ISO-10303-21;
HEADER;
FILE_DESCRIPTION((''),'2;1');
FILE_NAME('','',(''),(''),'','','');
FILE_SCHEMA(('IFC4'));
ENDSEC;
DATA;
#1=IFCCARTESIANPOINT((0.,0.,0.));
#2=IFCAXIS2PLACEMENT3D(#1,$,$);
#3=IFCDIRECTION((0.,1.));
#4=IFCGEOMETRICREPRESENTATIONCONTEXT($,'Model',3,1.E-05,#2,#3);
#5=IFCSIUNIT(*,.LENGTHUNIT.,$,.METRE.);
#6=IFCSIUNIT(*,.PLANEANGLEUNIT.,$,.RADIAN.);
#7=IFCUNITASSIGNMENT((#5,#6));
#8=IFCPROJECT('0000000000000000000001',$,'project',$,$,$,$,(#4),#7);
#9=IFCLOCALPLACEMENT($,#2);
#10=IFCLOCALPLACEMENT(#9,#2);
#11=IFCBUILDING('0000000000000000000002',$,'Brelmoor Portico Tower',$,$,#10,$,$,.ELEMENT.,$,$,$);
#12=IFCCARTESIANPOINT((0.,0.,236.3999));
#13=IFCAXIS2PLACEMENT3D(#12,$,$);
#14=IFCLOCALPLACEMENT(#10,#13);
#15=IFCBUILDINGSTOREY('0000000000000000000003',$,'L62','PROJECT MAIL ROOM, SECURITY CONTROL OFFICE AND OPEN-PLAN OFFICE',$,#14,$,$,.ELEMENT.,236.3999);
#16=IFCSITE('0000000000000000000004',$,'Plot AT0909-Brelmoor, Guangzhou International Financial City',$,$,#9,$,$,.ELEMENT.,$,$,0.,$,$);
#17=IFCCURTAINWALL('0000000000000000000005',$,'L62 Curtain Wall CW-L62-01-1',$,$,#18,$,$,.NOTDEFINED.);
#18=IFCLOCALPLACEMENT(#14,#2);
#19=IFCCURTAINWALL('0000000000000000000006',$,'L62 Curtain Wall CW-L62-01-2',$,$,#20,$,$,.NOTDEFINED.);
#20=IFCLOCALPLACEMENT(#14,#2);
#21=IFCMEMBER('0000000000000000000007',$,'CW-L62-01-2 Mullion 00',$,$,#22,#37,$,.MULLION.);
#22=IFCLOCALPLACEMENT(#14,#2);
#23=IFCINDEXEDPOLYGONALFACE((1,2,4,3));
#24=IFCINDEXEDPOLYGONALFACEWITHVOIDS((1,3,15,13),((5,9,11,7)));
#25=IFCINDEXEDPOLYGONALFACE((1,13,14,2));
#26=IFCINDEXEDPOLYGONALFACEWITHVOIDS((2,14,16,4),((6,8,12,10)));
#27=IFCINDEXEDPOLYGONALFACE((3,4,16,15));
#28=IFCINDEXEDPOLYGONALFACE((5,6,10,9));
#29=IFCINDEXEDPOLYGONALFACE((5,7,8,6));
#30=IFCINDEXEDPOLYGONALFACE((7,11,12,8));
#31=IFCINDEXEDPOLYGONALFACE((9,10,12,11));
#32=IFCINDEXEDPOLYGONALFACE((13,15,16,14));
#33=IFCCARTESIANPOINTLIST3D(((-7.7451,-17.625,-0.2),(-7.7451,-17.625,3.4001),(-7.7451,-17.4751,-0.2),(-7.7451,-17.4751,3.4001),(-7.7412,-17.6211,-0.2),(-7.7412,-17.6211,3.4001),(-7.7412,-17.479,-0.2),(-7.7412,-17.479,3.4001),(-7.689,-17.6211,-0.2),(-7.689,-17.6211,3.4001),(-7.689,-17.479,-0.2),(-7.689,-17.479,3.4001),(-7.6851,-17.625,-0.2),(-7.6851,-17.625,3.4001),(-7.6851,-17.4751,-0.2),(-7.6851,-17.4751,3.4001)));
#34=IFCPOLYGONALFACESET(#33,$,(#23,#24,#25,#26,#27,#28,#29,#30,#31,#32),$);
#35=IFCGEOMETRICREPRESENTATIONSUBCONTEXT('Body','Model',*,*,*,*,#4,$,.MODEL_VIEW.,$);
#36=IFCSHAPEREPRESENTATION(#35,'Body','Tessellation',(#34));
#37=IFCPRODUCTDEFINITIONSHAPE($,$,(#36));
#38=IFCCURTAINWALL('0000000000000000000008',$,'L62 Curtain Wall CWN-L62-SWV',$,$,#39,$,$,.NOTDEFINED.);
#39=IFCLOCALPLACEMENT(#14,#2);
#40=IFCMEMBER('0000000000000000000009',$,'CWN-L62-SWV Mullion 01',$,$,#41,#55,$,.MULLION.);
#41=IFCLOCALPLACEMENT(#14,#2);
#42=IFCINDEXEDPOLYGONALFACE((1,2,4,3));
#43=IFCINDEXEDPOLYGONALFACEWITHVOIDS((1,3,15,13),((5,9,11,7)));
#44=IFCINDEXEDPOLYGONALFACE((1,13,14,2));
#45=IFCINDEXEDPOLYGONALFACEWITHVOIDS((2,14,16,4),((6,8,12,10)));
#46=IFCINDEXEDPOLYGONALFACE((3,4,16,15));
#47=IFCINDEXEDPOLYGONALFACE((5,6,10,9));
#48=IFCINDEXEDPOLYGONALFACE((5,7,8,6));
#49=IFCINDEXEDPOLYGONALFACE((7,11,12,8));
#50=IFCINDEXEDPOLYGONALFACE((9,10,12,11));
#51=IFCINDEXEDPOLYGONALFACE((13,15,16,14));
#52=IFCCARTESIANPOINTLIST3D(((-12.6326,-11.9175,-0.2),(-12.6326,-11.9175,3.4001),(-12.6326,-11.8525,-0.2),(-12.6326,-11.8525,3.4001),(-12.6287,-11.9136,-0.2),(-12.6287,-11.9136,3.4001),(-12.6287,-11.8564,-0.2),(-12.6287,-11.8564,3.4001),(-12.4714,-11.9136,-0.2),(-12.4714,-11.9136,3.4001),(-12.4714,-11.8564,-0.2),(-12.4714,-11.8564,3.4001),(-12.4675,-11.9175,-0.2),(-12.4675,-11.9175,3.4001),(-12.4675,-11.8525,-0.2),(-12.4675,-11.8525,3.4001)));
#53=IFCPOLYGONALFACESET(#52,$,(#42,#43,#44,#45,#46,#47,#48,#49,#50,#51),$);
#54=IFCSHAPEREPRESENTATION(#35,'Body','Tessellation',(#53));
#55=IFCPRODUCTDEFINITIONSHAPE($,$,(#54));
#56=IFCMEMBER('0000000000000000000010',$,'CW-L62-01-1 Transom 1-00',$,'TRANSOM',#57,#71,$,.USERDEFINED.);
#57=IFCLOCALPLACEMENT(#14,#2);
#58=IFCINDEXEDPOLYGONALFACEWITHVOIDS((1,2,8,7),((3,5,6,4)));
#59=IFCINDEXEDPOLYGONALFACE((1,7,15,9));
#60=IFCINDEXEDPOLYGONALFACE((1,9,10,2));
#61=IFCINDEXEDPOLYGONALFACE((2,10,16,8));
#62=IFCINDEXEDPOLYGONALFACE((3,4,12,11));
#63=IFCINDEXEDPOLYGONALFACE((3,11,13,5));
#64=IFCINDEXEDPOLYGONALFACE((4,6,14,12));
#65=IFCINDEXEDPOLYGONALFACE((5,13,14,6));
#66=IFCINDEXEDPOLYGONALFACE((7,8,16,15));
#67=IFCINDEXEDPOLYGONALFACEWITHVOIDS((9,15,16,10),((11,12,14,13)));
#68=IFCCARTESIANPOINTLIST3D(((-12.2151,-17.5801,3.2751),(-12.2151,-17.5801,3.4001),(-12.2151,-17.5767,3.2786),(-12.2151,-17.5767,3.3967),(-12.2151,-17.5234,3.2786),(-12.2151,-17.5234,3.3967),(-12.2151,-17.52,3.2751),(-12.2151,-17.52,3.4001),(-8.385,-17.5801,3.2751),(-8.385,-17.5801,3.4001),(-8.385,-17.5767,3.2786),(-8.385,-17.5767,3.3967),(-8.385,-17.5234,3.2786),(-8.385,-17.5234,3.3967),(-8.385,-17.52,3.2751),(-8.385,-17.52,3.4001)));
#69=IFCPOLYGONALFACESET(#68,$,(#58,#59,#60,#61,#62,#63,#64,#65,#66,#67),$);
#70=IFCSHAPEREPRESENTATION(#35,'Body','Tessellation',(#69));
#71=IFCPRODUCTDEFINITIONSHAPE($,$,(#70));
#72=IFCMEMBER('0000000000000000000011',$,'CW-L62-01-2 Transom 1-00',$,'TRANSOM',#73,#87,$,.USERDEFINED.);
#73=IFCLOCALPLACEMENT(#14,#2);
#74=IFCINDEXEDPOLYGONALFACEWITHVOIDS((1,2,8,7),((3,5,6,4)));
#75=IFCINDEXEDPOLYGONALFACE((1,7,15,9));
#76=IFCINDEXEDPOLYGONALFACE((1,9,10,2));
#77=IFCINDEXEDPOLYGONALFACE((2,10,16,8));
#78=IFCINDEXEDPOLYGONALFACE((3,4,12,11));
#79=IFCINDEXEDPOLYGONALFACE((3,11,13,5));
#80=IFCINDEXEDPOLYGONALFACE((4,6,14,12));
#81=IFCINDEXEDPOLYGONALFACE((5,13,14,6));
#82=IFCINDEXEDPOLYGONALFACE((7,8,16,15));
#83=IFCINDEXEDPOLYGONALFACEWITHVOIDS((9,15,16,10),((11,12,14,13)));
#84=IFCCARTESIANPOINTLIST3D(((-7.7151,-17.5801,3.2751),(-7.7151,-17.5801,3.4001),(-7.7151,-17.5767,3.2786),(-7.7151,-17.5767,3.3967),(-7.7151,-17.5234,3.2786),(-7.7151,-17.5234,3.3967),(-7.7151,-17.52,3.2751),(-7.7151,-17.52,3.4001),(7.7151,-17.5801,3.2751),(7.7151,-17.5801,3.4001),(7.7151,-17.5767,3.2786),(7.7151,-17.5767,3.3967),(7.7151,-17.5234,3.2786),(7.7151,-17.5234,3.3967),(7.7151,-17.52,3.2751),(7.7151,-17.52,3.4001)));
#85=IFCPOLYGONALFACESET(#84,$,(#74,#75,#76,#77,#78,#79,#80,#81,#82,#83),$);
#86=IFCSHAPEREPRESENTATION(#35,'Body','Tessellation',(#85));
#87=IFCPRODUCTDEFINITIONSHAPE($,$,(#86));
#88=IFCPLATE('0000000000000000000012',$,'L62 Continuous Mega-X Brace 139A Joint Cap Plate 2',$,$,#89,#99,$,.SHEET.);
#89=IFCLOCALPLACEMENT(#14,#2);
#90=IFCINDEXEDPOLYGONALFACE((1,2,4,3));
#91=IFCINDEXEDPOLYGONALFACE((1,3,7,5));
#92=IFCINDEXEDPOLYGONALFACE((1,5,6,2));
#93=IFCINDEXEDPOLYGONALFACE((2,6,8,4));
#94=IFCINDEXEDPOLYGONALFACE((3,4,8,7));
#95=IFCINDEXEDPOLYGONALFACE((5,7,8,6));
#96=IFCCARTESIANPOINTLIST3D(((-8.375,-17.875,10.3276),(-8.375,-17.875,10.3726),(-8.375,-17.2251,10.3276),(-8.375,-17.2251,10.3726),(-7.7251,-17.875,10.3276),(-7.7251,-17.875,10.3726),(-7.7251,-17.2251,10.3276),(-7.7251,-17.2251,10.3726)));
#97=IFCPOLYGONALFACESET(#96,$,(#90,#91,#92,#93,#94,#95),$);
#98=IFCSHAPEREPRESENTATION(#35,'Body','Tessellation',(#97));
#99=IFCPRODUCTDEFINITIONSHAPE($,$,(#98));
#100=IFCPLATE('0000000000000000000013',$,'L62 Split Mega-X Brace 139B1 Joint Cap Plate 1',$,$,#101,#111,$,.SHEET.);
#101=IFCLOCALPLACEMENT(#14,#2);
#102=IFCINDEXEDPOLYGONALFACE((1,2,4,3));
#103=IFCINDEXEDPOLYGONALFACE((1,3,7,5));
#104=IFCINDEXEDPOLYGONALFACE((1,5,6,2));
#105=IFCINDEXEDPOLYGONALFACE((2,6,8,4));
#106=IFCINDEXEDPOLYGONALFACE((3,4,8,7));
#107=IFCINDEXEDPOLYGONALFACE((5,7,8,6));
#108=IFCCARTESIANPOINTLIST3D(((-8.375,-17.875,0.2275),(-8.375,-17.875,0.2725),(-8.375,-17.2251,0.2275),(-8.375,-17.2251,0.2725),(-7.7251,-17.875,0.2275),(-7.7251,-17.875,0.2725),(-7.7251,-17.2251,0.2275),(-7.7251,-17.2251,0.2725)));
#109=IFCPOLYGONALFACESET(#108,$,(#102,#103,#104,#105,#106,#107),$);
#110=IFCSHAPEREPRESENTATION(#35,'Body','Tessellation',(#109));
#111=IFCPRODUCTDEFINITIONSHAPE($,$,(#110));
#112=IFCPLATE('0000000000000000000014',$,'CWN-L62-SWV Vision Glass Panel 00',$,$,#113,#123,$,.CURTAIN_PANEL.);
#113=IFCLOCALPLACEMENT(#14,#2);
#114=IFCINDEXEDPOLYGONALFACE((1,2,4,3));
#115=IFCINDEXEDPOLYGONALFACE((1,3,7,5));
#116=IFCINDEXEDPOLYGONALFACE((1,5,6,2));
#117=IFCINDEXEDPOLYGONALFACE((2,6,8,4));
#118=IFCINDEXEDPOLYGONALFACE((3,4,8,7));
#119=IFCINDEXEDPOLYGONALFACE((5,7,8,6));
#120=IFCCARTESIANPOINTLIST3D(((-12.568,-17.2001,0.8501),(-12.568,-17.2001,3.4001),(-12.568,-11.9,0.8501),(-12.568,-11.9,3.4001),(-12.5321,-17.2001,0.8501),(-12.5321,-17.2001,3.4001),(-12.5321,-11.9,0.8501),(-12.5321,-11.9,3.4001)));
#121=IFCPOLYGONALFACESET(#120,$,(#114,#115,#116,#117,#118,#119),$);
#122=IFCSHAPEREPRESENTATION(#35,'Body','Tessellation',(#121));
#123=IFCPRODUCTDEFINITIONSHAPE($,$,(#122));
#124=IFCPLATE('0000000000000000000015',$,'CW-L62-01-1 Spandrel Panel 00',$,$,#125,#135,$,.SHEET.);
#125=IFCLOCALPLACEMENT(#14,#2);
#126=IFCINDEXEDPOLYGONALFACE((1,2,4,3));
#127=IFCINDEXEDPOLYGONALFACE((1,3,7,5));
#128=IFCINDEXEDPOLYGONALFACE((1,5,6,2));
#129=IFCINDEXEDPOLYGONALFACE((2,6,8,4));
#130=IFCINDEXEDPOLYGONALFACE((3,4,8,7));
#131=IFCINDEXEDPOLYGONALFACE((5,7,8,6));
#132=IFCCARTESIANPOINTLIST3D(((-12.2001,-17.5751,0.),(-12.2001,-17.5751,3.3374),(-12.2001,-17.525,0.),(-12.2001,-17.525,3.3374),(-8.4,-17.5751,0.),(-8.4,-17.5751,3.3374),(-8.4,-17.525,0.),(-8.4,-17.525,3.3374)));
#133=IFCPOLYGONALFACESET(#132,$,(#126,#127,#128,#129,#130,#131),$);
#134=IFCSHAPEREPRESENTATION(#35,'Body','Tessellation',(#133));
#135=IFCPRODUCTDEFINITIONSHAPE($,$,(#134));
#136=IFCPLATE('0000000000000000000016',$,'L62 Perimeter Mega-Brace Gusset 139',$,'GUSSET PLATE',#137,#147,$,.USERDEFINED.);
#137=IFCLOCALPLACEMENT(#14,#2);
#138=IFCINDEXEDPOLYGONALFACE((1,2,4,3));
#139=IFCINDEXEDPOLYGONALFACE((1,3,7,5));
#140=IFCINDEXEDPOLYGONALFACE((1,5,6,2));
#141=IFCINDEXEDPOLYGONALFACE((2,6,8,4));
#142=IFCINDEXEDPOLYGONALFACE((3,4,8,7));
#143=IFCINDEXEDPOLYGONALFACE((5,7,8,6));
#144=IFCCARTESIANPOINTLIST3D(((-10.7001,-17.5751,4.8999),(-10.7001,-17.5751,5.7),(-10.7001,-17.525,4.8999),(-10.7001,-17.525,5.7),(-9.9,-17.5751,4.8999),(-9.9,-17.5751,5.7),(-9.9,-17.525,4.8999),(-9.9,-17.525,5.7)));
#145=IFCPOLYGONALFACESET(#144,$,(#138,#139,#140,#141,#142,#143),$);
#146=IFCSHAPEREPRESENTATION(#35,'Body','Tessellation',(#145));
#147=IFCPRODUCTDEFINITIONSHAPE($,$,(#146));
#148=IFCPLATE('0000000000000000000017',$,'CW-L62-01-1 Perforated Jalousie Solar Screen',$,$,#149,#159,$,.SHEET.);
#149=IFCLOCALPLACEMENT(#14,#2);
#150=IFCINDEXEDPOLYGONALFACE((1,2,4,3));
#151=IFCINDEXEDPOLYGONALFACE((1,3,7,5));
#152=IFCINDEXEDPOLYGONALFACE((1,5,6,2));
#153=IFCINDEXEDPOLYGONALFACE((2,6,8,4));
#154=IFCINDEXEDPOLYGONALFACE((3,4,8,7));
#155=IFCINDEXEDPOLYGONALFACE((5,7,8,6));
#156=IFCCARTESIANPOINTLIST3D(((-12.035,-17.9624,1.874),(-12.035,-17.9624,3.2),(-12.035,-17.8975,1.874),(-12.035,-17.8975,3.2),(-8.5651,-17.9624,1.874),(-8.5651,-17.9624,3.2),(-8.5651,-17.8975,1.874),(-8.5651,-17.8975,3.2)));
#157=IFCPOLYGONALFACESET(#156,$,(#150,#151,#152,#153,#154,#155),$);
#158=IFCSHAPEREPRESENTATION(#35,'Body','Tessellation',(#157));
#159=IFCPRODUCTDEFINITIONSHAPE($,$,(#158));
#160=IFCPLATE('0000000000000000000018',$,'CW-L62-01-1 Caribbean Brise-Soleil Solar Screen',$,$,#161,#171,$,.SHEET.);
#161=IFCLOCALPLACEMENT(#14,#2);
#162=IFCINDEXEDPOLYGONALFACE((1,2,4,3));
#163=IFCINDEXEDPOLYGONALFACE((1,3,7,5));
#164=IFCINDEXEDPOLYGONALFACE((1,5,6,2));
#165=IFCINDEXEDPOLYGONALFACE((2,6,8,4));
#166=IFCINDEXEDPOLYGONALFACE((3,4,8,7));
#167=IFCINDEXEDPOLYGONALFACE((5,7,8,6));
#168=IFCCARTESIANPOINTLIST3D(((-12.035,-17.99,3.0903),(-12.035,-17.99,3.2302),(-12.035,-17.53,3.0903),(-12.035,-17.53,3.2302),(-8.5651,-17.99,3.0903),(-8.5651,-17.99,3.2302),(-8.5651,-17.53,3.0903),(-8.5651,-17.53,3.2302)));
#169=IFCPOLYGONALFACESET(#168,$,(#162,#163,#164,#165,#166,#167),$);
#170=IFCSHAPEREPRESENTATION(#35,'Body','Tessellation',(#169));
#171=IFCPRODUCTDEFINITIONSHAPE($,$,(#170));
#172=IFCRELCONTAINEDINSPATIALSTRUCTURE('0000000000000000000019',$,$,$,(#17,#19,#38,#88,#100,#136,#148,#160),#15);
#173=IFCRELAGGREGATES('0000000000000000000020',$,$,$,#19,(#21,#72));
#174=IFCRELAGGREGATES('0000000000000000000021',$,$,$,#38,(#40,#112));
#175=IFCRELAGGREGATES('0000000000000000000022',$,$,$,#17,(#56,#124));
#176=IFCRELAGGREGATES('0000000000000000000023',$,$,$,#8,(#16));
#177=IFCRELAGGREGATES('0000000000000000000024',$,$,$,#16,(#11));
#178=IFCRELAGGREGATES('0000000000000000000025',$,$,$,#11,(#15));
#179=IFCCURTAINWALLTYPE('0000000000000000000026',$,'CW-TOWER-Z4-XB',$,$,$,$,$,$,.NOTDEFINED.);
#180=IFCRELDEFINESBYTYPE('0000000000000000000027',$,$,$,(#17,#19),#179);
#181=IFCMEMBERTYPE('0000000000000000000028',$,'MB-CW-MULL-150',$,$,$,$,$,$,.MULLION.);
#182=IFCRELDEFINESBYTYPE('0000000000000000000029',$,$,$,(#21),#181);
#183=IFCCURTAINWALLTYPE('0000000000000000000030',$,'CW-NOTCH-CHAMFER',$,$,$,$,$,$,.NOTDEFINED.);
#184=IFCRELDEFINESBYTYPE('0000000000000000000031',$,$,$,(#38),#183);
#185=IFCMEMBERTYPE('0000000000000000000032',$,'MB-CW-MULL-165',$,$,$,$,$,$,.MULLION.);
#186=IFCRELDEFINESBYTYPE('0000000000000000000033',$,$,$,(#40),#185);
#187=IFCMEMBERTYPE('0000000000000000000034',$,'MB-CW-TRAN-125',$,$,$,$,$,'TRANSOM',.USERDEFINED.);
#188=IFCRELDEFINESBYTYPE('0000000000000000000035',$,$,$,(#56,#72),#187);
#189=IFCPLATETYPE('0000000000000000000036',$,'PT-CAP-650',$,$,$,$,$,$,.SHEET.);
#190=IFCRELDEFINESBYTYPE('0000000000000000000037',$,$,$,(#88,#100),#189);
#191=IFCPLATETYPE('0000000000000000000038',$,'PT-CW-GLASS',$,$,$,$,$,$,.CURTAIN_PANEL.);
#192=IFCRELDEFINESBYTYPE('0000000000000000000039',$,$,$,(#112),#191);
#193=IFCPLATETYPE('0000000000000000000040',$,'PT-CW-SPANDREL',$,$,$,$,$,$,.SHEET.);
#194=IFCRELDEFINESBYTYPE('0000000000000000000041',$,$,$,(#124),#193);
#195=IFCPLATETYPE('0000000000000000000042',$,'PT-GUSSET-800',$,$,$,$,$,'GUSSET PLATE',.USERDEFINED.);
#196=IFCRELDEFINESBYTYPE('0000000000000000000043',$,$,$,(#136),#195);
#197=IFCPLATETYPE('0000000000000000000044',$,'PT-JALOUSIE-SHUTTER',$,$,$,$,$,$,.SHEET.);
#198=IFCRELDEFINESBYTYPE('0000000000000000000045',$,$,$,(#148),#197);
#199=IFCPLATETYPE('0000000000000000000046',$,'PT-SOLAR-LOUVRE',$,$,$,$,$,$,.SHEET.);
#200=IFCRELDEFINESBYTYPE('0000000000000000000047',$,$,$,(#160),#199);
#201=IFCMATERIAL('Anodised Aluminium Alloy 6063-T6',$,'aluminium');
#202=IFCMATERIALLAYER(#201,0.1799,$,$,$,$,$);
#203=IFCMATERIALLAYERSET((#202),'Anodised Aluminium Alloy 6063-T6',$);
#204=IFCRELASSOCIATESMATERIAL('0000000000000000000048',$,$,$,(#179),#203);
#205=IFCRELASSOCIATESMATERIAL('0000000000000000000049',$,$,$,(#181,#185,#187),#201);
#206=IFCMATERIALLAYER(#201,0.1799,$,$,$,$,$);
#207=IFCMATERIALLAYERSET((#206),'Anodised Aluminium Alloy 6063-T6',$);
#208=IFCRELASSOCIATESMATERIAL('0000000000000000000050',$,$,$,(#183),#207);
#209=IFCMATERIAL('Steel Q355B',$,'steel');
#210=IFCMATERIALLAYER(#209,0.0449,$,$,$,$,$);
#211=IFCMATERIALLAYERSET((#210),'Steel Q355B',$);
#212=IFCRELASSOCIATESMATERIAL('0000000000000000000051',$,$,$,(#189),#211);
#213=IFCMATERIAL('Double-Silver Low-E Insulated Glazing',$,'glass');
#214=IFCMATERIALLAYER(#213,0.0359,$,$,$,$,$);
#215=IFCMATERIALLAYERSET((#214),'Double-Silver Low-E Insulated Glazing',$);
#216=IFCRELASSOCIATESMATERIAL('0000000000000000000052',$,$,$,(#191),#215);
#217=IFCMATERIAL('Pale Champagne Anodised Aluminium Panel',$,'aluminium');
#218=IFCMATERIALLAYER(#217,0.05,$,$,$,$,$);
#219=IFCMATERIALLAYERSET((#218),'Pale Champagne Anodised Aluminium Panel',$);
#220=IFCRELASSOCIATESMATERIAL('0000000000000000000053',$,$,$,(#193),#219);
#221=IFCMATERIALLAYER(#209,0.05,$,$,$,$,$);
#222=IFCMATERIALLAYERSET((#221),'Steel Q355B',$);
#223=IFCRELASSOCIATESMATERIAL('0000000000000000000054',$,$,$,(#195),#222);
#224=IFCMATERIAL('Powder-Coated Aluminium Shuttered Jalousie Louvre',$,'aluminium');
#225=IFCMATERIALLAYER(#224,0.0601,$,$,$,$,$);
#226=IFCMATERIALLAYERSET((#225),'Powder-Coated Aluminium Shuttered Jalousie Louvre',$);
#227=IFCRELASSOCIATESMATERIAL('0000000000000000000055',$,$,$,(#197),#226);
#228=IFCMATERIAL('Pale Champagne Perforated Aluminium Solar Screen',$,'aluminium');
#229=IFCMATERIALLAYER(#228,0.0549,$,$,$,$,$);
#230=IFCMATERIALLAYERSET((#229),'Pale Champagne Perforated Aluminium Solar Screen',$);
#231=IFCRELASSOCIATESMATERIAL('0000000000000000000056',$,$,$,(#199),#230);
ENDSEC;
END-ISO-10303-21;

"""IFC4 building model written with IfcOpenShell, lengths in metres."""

from ifc_helpers import new_model, si_unit, direction, frame, origin, origin_2d, place, context, subcontext, project, spatial, rectangle, hollow_rectangle, extrude, material, layer, layer_set, material_profile, profile_set, type_object, element, aggregate, save


model = new_model("IFC4")

# Units and contexts
model_context = context("Model", 3, precision=1e-05, world=origin(), true_north=direction((0.0, 1.0)))
body_context = subcontext(model_context, "Body", "Model", "MODEL_VIEW")
ifc_project = project(units=[si_unit("LENGTHUNIT", "METRE"), si_unit("PLANEANGLEUNIT", "RADIAN")], contexts=[model_context])

# Site, building, storey
site_placement = place(None, origin())
site = spatial("IfcSite", under=ifc_project, at=site_placement, Name="Plot AT0909-Brelmoor, Guangzhou International Financial City", CompositionType="ELEMENT", RefElevation=0.0)
building_placement = place(site_placement, origin())
building = spatial("IfcBuilding", under=site, at=building_placement, Name="Brelmoor Portico Tower", CompositionType="ELEMENT")
storey_placement = place(building_placement, frame((0.0, 0.0, 236.3999)))
storey = spatial("IfcBuildingStorey", under=building, at=storey_placement, Name="L62", Description="PROJECT MAIL ROOM, SECURITY CONTROL OFFICE AND OPEN-PLAN OFFICE", CompositionType="ELEMENT", Elevation=236.3999)

# Shared definitions
ifc_material_1 = material(Name="Steel Q355B", Category="steel")

# Curtain wall
ifc_material_2 = material(Name="Anodised Aluminium Alloy 6063-T6", Category="aluminium")
ifc_layer_1 = layer(ifc_material_2, 0.1799)
ifc_layer_set_1 = layer_set([ifc_layer_1], Name="Anodised Aluminium Alloy 6063-T6")
curtain_wall_type_1 = type_object("IfcCurtainWallType", Name="CW-TOWER-Z4-XB", PredefinedType="NOTDEFINED", material=ifc_layer_set_1)
curtain_wall_1_placement = place(storey_placement, origin())
curtain_wall_1 = element("IfcCurtainWall", 1, at=curtain_wall_1_placement, inside=storey, type_object=curtain_wall_type_1, Name="L62 Curtain Wall CW-L62-01-1", PredefinedType="NOTDEFINED")
ifc_material_profile_1 = material_profile(ifc_material_2, hollow_rectangle(XDim=0.0601, YDim=0.1499, WallThickness=0.0039, at=origin_2d()), Name="ALU MULLION 60x150")
ifc_profile_set_1 = profile_set([ifc_material_profile_1], Name="Anodised Aluminium Alloy 6063-T6")
member_type_1 = type_object("IfcMemberType", Name="MB-CW-MULL-150", PredefinedType="MULLION", material=ifc_profile_set_1)

# Curtain walls, members
curtain_wall_2_placement = place(storey_placement, origin())
curtain_wall_2 = element("IfcCurtainWall", 2, at=curtain_wall_2_placement, inside=storey, type_object=curtain_wall_type_1, Name="L62 Curtain Wall CW-L62-01-2", PredefinedType="NOTDEFINED")
member_1_placement = place(storey_placement, frame((-7.7151, -17.55, -0.2), z_axis=(0.0, 0.0, 1.0), x_axis=(1.0, 0.0, 0.0)))
member_1 = element("IfcMember", 3, at=member_1_placement, type_object=member_type_1, Name="CW-L62-01-2 Mullion 00", PredefinedType="MULLION", context=body_context, shape_type="SweptSolid", body=[
    extrude(hollow_rectangle(XDim=0.0601, YDim=0.1499, WallThickness=0.0039, at=origin_2d()), origin(), (0.0, 0.0, 1.0), 3.6001),
])
ifc_layer_2 = layer(ifc_material_2, 0.1799)
ifc_layer_set_2 = layer_set([ifc_layer_2], Name="Anodised Aluminium Alloy 6063-T6")
curtain_wall_type_2 = type_object("IfcCurtainWallType", Name="CW-NOTCH-CHAMFER", PredefinedType="NOTDEFINED", material=ifc_layer_set_2)
curtain_wall_3_placement = place(storey_placement, origin())
curtain_wall_3 = element("IfcCurtainWall", 4, at=curtain_wall_3_placement, inside=storey, type_object=curtain_wall_type_2, Name="L62 Curtain Wall CWN-L62-SWV", PredefinedType="NOTDEFINED")
ifc_material_profile_2 = material_profile(ifc_material_2, hollow_rectangle(XDim=0.0649, YDim=0.165, WallThickness=0.0039, at=origin_2d()), Name="ALU MULLION 65x165")
ifc_profile_set_2 = profile_set([ifc_material_profile_2], Name="Anodised Aluminium Alloy 6063-T6")
member_type_2 = type_object("IfcMemberType", Name="MB-CW-MULL-165", PredefinedType="MULLION", material=ifc_profile_set_2)
member_2_placement = place(storey_placement, frame((-12.55, -11.885, -0.2), z_axis=(0.0, 0.0, 1.0), x_axis=(0.0, 1.0, 0.0)))
member_2 = element("IfcMember", 5, at=member_2_placement, type_object=member_type_2, Name="CWN-L62-SWV Mullion 01", PredefinedType="MULLION", context=body_context, shape_type="SweptSolid", body=[
    extrude(hollow_rectangle(XDim=0.0649, YDim=0.165, WallThickness=0.0039, at=origin_2d()), origin(), (0.0, 0.0, 1.0), 3.6001),
])

# Members
ifc_material_profile_3 = material_profile(ifc_material_2, hollow_rectangle(XDim=0.0601, YDim=0.125, WallThickness=0.0034, at=origin_2d()), Name="ALU TRANSOM 60x125")
ifc_profile_set_3 = profile_set([ifc_material_profile_3], Name="Anodised Aluminium Alloy 6063-T6")
member_type_3 = type_object("IfcMemberType", Name="MB-CW-TRAN-125", ElementType="TRANSOM", PredefinedType="USERDEFINED", material=ifc_profile_set_3)
member_3_placement = place(storey_placement, frame((-12.2151, -17.55, 3.3376), z_axis=(1.0, 0.0, 0.0), x_axis=(0.0, 1.0, 0.0)))
member_3 = element("IfcMember", 6, at=member_3_placement, type_object=member_type_3, Name="CW-L62-01-1 Transom 1-00", ObjectType="TRANSOM", PredefinedType="USERDEFINED", context=body_context, shape_type="SweptSolid", body=[
    extrude(hollow_rectangle(XDim=0.0601, YDim=0.125, WallThickness=0.0034, at=origin_2d()), origin(), (0.0, 0.0, 1.0), 3.8301),
])
member_4_placement = place(storey_placement, frame((-7.7151, -17.55, 3.3376), z_axis=(1.0, 0.0, 0.0), x_axis=(0.0, 1.0, 0.0)))
member_4 = element("IfcMember", 7, at=member_4_placement, type_object=member_type_3, Name="CW-L62-01-2 Transom 1-00", ObjectType="TRANSOM", PredefinedType="USERDEFINED", context=body_context, shape_type="SweptSolid", body=[
    extrude(hollow_rectangle(XDim=0.0601, YDim=0.125, WallThickness=0.0034, at=origin_2d()), origin(), (0.0, 0.0, 1.0), 15.4302),
])
aggregate(curtain_wall_2, [member_1, member_4])

# Plates
ifc_layer_3 = layer(ifc_material_1, 0.0449)
ifc_layer_set_3 = layer_set([ifc_layer_3], Name="Steel Q355B")
plate_type_1 = type_object("IfcPlateType", Name="PT-CAP-650", PredefinedType="SHEET", material=ifc_layer_set_3)
for number, where, z_axis, x_axis, name in (
    (8, (-8.05, -17.55, 10.3276), (0.0, 0.0, 1.0), (1.0, 0.0, 0.0), "L62 Continuous Mega-X Brace 139A Joint Cap Plate 2"),
    (9, (-8.05, -17.55, 0.2275), (0.0, 0.0, 1.0), (1.0, 0.0, 0.0), "L62 Split Mega-X Brace 139B1 Joint Cap Plate 1"),
):
    element("IfcPlate", number, at=place(storey_placement, frame(where, z_axis=z_axis, x_axis=x_axis)), inside=storey, type_object=plate_type_1, Name=name, PredefinedType="SHEET", context=body_context, shape_type="SweptSolid", body=[
        extrude(rectangle(XDim=0.6499, YDim=0.6499, at=origin_2d()), origin(), (0.0, 0.0, 1.0), 0.0449),
    ])

# Plates
ifc_material_3 = material(Name="Double-Silver Low-E Insulated Glazing", Category="glass")
ifc_layer_4 = layer(ifc_material_3, 0.0359)
ifc_layer_set_4 = layer_set([ifc_layer_4], Name="Double-Silver Low-E Insulated Glazing")
plate_type_2 = type_object("IfcPlateType", Name="PT-CW-GLASS", PredefinedType="CURTAIN_PANEL", material=ifc_layer_set_4)
plate_1_placement = place(storey_placement, frame((-12.55, -14.55, 0.8501), z_axis=(0.0, 0.0, 1.0), x_axis=(0.0, 1.0, 0.0)))
plate_1 = element("IfcPlate", 10, at=plate_1_placement, type_object=plate_type_2, Name="CWN-L62-SWV Vision Glass Panel 00", PredefinedType="CURTAIN_PANEL", context=body_context, shape_type="SweptSolid", body=[
    extrude(rectangle(XDim=5.3, YDim=0.0359, at=origin_2d()), origin(), (0.0, 0.0, 1.0), 2.55),
])
aggregate(curtain_wall_3, [member_2, plate_1])
ifc_material_4 = material(Name="Pale Champagne Anodised Aluminium Panel", Category="aluminium")
ifc_layer_5 = layer(ifc_material_4, 0.05)
ifc_layer_set_5 = layer_set([ifc_layer_5], Name="Pale Champagne Anodised Aluminium Panel")
plate_type_3 = type_object("IfcPlateType", Name="PT-CW-SPANDREL", PredefinedType="SHEET", material=ifc_layer_set_5)
plate_2_placement = place(storey_placement, frame((-10.3, -17.55, 0.0), z_axis=(0.0, 0.0, 1.0), x_axis=(1.0, 0.0, 0.0)))
plate_2 = element("IfcPlate", 11, at=plate_2_placement, type_object=plate_type_3, Name="CW-L62-01-1 Spandrel Panel 00", PredefinedType="SHEET", context=body_context, shape_type="SweptSolid", body=[
    extrude(rectangle(XDim=3.8, YDim=0.05, at=origin_2d()), origin(), (0.0, 0.0, 1.0), 3.3374),
])
aggregate(curtain_wall_1, [member_3, plate_2])

# Plates
ifc_layer_6 = layer(ifc_material_1, 0.05)
ifc_layer_set_6 = layer_set([ifc_layer_6], Name="Steel Q355B")
plate_type_4 = type_object("IfcPlateType", Name="PT-GUSSET-800", ElementType="GUSSET PLATE", PredefinedType="USERDEFINED", material=ifc_layer_set_6)
plate_3_placement = place(storey_placement, frame((-10.3, -17.55, 4.8999), z_axis=(0.0, 0.0, 1.0), x_axis=(1.0, 0.0, 0.0)))
element("IfcPlate", 12, at=plate_3_placement, inside=storey, type_object=plate_type_4, Name="L62 Perimeter Mega-Brace Gusset 139", ObjectType="GUSSET PLATE", PredefinedType="USERDEFINED", context=body_context, shape_type="SweptSolid", body=[
    extrude(rectangle(XDim=0.8, YDim=0.05, at=origin_2d()), origin(), (0.0, 0.0, 1.0), 0.8),
])
ifc_material_5 = material(Name="Powder-Coated Aluminium Shuttered Jalousie Louvre", Category="aluminium")
ifc_layer_7 = layer(ifc_material_5, 0.0601)
ifc_layer_set_7 = layer_set([ifc_layer_7], Name="Powder-Coated Aluminium Shuttered Jalousie Louvre")
plate_type_5 = type_object("IfcPlateType", Name="PT-JALOUSIE-SHUTTER", PredefinedType="SHEET", material=ifc_layer_set_7)
plate_4_placement = place(storey_placement, frame((-10.3, -17.9299, 1.874), z_axis=(0.0, 0.0, 1.0), x_axis=(1.0, 0.0, 0.0)))
element("IfcPlate", 13, at=plate_4_placement, inside=storey, type_object=plate_type_5, Name="CW-L62-01-1 Perforated Jalousie Solar Screen", PredefinedType="SHEET", context=body_context, shape_type="SweptSolid", body=[
    extrude(rectangle(XDim=3.47, YDim=0.0649, at=origin_2d()), origin(), (0.0, 0.0, 1.0), 1.3259),
])
ifc_material_6 = material(Name="Pale Champagne Perforated Aluminium Solar Screen", Category="aluminium")
ifc_layer_8 = layer(ifc_material_6, 0.0549)
ifc_layer_set_8 = layer_set([ifc_layer_8], Name="Pale Champagne Perforated Aluminium Solar Screen")
plate_type_6 = type_object("IfcPlateType", Name="PT-SOLAR-LOUVRE", PredefinedType="SHEET", material=ifc_layer_set_8)
plate_5_placement = place(storey_placement, frame((-10.3, -17.76, 3.0903), z_axis=(0.0, 0.0, 1.0), x_axis=(1.0, 0.0, 0.0)))
element("IfcPlate", 14, at=plate_5_placement, inside=storey, type_object=plate_type_6, Name="CW-L62-01-1 Caribbean Brise-Soleil Solar Screen", PredefinedType="SHEET", context=body_context, shape_type="SweptSolid", body=[
    extrude(rectangle(XDim=3.47, YDim=0.46, at=origin_2d()), origin(), (0.0, 0.0, 1.0), 0.1399),
])

save(model, "model.ifc")
